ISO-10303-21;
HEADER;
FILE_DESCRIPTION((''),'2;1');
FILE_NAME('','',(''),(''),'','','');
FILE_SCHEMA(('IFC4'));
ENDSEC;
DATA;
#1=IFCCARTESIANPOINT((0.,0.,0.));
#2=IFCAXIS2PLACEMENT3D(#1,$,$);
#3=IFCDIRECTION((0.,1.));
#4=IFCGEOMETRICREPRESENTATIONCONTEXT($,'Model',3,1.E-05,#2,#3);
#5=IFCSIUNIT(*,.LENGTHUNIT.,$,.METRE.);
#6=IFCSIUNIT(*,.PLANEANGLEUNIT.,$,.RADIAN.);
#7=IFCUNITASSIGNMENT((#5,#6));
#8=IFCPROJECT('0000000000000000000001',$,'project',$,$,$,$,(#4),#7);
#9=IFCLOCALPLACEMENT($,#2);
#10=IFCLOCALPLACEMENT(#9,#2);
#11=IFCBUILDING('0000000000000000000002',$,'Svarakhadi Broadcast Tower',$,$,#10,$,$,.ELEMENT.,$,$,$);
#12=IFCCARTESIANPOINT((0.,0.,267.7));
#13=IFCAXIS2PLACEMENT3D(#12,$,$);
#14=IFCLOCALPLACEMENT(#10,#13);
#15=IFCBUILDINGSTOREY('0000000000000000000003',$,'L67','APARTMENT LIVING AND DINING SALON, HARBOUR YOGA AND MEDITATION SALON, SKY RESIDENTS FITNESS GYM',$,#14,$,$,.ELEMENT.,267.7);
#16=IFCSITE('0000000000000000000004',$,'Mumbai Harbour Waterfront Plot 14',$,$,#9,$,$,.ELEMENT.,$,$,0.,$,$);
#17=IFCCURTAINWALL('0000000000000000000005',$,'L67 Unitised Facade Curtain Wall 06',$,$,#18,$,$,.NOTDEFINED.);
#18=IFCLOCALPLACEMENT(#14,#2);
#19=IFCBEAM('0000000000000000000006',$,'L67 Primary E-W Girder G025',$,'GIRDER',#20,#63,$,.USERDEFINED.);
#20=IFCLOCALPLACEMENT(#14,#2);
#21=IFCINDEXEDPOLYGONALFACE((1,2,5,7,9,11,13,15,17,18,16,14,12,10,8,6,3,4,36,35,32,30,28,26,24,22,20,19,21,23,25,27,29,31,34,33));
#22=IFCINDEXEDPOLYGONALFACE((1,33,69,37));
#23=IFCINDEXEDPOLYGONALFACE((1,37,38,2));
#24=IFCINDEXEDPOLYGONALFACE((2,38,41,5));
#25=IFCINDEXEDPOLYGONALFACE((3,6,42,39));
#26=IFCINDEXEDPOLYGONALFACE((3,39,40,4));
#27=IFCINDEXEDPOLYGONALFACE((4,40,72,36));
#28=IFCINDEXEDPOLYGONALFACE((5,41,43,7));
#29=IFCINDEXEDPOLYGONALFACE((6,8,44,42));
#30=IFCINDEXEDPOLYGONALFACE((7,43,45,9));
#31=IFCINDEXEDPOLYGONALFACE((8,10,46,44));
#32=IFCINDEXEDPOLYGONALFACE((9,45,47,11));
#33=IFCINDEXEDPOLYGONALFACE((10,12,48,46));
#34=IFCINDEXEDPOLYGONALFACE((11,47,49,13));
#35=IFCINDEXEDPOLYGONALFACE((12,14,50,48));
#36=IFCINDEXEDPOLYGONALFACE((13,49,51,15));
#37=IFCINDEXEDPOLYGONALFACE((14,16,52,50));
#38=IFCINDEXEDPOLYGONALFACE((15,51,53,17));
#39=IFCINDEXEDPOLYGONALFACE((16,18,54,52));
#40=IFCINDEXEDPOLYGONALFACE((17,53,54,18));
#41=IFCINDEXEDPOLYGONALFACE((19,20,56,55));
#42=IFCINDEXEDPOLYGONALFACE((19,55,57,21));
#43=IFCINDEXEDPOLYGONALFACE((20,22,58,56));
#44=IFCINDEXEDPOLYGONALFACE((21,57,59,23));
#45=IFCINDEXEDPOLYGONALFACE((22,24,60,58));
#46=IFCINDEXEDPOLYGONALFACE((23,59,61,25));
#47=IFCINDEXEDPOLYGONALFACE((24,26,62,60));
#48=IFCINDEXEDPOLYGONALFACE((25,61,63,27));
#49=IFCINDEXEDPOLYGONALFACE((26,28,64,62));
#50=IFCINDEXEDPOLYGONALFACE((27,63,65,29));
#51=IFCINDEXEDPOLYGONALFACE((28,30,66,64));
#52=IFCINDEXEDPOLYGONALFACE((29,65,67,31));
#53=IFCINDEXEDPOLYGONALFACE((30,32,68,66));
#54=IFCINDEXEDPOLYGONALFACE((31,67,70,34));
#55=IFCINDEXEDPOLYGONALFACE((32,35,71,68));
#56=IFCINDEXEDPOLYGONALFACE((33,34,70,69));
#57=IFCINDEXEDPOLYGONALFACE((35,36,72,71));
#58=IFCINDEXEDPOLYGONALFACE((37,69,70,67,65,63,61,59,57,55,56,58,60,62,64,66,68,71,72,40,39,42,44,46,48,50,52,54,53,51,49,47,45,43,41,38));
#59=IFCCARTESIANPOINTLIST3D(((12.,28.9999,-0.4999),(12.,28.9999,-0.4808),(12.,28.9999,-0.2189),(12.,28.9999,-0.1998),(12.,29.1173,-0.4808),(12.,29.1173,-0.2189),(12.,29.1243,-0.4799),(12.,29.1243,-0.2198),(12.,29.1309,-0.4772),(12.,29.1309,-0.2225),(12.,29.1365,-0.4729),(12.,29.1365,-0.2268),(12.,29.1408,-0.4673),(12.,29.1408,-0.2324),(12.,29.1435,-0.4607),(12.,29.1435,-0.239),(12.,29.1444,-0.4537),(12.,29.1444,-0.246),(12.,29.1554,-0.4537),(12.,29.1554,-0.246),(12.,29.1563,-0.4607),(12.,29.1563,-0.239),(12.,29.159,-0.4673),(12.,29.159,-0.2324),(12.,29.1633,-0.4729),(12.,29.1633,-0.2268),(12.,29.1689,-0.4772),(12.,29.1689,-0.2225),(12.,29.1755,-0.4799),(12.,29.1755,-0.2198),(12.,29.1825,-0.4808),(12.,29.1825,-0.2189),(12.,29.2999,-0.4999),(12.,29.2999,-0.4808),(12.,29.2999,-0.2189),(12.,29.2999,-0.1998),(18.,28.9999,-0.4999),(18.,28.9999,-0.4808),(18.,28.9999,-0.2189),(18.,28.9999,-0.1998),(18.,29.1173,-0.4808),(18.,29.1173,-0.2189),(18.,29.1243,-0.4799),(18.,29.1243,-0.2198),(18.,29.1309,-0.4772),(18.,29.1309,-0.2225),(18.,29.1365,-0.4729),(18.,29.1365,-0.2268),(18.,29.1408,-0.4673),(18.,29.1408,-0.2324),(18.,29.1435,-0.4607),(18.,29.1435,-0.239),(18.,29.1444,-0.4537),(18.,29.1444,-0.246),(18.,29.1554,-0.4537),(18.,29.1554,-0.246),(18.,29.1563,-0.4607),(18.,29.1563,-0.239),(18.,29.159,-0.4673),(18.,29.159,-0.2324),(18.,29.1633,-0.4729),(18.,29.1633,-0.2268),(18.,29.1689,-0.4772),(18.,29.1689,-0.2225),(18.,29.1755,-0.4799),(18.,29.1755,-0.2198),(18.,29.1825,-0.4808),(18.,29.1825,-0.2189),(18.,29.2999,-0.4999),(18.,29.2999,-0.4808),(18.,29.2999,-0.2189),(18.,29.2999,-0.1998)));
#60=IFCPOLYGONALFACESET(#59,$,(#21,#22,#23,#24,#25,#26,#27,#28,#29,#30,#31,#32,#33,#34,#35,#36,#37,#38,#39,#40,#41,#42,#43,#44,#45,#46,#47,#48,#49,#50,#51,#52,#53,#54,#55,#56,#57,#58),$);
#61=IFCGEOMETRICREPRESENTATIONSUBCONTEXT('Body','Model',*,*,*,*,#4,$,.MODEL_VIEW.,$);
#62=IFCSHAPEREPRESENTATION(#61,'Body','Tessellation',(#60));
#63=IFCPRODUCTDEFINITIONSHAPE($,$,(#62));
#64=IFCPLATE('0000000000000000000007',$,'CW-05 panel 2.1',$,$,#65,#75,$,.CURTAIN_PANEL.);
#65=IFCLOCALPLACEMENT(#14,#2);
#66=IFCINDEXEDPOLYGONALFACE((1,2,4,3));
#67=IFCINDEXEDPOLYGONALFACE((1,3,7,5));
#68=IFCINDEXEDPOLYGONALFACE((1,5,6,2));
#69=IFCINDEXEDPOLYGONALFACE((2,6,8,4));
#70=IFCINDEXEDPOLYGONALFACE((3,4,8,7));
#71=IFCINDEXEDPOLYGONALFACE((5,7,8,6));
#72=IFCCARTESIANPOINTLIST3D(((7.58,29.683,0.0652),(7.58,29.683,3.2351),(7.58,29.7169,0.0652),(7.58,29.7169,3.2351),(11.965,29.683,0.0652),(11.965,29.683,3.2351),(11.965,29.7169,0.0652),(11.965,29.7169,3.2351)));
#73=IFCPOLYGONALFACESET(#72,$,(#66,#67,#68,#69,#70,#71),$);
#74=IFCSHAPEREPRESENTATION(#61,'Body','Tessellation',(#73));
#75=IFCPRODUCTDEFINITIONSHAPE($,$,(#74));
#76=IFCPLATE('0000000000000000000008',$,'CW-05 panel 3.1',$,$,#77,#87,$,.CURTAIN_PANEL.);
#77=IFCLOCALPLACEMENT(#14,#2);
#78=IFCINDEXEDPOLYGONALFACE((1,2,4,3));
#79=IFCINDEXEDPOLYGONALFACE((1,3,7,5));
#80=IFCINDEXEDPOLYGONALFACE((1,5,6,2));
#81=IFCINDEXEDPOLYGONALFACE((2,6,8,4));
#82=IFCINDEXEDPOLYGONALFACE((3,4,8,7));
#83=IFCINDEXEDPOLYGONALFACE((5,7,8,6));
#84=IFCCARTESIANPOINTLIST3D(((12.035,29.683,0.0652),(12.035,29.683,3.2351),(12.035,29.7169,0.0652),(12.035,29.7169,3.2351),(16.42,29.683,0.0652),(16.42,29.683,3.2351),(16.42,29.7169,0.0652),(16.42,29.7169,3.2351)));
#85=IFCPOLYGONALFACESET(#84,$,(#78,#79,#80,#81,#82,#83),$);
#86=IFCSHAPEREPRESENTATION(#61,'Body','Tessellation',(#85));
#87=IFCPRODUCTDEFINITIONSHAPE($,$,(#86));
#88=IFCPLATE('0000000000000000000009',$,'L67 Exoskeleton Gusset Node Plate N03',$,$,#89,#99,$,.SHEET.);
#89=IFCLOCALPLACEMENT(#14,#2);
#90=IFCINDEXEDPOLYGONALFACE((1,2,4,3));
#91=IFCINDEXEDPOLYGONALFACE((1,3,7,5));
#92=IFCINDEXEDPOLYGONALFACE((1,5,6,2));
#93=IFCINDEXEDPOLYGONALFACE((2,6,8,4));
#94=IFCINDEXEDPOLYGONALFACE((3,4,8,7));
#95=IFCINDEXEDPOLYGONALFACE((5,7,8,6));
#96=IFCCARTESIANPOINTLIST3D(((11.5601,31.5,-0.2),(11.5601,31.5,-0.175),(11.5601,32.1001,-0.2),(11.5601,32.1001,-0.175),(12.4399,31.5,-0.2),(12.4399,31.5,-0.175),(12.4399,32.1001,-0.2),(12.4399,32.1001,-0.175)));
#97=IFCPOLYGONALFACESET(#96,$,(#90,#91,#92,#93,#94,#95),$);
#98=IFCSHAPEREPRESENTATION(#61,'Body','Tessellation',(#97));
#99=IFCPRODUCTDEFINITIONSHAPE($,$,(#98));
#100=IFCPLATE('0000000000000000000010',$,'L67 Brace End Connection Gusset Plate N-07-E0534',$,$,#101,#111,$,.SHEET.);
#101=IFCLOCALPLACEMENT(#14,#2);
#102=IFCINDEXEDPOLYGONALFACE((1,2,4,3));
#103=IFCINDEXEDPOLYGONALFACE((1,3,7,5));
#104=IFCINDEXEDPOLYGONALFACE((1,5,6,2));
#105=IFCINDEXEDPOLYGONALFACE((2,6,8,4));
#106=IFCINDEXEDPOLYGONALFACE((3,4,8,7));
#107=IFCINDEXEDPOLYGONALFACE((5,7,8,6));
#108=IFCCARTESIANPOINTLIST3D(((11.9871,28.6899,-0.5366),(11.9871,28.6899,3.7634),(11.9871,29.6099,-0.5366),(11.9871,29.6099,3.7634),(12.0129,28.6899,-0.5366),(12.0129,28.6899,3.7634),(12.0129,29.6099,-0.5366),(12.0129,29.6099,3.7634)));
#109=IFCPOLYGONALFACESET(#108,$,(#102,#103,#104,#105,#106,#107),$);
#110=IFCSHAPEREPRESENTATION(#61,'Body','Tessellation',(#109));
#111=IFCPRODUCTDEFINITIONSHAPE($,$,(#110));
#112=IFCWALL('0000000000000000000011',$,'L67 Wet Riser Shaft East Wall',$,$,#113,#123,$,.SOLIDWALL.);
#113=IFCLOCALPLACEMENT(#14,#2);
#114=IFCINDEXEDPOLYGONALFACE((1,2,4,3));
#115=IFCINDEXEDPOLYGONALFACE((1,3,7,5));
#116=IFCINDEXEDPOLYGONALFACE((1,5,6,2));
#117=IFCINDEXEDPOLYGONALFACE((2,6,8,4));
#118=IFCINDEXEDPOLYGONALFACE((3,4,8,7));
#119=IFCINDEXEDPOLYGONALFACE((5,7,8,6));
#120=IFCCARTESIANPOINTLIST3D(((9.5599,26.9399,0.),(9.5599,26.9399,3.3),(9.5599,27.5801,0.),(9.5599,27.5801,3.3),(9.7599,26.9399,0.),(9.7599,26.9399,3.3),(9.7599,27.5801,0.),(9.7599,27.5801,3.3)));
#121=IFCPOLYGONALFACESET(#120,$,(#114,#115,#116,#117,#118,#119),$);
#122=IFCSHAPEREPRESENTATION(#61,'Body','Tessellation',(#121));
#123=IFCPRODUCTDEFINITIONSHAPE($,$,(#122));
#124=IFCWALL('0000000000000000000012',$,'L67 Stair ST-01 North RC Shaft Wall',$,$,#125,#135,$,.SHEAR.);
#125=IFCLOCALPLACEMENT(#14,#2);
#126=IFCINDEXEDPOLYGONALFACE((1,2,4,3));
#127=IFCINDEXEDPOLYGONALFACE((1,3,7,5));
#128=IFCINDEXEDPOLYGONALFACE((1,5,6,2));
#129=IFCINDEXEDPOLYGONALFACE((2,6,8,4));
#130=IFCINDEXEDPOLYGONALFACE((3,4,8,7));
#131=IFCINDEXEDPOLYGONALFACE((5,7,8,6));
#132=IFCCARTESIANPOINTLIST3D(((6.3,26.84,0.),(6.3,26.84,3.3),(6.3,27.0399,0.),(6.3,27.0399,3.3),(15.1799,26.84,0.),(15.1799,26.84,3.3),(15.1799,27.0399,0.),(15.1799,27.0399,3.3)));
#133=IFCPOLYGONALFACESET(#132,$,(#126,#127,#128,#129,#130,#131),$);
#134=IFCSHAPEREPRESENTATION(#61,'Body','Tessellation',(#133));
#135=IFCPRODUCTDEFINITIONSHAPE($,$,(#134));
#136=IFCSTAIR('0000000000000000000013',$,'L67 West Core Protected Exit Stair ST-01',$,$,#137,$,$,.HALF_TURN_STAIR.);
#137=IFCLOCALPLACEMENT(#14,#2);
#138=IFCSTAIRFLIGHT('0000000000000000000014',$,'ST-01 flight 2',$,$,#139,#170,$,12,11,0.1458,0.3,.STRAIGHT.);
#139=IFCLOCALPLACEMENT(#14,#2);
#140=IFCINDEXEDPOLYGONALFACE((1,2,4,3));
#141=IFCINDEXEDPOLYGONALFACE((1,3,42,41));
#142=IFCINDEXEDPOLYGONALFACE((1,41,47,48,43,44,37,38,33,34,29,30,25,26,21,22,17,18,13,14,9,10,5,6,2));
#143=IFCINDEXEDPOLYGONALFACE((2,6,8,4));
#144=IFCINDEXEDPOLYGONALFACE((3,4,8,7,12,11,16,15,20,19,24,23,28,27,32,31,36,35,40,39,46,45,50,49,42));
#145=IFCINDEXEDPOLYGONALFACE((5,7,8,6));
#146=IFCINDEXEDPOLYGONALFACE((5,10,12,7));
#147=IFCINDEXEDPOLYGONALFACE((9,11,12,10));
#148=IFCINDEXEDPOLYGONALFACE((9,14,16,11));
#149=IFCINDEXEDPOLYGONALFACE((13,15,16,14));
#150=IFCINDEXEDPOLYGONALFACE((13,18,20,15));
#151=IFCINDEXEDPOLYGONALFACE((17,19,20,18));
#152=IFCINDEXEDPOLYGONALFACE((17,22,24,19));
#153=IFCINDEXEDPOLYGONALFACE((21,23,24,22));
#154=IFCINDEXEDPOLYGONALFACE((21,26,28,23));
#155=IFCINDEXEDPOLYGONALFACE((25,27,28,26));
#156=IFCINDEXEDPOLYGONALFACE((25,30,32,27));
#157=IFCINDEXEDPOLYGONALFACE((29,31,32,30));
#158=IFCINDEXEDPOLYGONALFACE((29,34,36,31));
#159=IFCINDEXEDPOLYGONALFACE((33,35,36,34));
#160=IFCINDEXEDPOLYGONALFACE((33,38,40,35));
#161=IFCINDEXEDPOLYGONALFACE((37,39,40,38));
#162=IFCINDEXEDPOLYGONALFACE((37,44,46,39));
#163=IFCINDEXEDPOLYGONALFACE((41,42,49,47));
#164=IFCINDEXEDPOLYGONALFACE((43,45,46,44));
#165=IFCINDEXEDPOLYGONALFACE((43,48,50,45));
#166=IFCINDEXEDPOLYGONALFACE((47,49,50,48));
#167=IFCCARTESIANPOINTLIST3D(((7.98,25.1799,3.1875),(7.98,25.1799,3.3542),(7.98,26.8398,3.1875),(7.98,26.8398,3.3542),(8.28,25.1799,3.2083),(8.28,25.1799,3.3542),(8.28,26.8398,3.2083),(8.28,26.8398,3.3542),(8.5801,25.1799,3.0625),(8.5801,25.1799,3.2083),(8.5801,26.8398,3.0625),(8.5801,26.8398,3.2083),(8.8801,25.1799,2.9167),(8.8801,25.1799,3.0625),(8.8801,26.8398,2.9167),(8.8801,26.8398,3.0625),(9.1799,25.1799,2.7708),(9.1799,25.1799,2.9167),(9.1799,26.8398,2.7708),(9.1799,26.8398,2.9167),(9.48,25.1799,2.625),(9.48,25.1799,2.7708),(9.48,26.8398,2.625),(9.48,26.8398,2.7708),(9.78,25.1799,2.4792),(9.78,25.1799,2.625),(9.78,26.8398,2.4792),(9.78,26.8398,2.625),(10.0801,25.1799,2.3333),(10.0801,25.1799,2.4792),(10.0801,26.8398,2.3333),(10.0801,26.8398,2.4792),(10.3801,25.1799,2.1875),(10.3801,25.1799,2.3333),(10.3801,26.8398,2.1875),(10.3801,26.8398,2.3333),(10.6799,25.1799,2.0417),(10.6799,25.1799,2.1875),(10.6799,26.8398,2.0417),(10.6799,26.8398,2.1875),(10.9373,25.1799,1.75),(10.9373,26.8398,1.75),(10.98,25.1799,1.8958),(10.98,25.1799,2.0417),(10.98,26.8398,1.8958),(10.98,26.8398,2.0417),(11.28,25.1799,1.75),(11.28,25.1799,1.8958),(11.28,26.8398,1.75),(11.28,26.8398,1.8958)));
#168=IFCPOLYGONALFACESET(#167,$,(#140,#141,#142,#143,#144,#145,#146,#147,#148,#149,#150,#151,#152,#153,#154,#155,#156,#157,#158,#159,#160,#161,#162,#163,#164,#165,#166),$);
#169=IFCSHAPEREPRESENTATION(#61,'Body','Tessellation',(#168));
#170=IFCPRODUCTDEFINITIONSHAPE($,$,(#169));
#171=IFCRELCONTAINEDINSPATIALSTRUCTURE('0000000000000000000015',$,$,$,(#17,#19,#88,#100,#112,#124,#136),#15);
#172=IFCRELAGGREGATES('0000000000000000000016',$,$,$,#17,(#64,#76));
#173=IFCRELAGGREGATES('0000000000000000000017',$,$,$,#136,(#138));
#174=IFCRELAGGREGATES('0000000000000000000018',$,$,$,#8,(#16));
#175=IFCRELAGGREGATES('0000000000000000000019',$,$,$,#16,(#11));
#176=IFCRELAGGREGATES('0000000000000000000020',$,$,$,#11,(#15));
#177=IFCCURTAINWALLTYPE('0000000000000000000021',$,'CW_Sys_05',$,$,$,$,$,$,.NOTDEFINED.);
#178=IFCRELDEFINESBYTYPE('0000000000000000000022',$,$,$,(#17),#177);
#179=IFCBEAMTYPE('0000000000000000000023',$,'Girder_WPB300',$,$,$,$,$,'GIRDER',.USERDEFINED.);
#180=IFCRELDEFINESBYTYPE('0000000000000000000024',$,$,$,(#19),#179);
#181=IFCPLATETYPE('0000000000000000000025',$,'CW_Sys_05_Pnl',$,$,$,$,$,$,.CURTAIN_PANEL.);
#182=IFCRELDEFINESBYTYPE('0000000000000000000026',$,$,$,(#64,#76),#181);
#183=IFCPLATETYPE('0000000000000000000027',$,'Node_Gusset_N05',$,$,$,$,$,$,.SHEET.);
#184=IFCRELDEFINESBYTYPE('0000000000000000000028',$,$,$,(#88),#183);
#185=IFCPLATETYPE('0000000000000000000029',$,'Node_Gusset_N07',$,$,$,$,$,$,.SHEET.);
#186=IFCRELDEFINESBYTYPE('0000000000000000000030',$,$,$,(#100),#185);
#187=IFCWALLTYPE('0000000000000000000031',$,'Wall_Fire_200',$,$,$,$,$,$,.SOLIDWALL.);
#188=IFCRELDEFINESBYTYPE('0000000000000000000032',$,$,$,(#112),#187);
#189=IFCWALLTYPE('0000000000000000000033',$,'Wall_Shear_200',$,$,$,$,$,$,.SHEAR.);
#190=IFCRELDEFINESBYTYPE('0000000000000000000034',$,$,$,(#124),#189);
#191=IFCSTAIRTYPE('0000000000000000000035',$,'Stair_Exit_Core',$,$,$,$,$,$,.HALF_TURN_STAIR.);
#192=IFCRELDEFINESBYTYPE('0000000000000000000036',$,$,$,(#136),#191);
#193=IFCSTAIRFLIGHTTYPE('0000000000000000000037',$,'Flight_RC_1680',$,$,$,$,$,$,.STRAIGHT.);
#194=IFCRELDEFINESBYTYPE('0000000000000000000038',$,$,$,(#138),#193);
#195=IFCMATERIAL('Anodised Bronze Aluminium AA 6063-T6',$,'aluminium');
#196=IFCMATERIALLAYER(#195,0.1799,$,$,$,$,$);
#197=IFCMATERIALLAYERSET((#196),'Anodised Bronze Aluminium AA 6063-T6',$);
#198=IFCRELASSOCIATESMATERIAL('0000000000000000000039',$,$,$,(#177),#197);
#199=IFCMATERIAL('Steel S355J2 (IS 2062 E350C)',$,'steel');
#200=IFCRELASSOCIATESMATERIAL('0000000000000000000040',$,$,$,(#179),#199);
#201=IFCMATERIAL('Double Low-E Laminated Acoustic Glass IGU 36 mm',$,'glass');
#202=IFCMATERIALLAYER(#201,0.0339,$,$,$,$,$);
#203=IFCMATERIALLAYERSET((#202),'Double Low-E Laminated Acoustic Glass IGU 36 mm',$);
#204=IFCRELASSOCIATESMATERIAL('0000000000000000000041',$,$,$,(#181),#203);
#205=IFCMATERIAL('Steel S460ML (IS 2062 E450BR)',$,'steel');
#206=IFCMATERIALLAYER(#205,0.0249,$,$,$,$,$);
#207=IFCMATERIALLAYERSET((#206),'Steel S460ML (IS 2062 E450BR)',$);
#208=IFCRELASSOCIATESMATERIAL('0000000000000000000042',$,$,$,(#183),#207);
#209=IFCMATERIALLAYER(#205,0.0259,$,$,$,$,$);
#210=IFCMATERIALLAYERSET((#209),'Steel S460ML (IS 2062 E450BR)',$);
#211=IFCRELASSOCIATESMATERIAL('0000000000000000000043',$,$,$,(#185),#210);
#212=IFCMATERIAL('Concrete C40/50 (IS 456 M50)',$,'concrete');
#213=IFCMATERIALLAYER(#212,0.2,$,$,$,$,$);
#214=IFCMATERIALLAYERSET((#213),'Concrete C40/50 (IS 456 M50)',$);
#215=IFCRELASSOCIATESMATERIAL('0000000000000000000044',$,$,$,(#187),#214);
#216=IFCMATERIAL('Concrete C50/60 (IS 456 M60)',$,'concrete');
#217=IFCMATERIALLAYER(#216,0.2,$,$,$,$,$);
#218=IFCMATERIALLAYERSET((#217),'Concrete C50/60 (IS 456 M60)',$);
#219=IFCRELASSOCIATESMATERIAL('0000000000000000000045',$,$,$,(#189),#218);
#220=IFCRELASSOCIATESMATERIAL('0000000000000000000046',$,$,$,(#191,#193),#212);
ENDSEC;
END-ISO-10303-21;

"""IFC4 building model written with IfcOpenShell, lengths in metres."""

from ifc_helpers import new_model, si_unit, direction, frame, frame_2d, origin, origin_2d, place, context, subcontext, project, spatial, polyline, rectangle, i_section, outline, extrude, material, layer, layer_set, material_profile, profile_set, type_object, element, aggregate, save


model = new_model("IFC4")

# Units and contexts
model_context = context("Model", 3, precision=1e-05, world=origin(), true_north=direction((0.0, 1.0)))
body_context = subcontext(model_context, "Body", "Model", "MODEL_VIEW")
ifc_project = project(units=[si_unit("LENGTHUNIT", "METRE"), si_unit("PLANEANGLEUNIT", "RADIAN")], contexts=[model_context])

# Site, building, storey
site_placement = place(None, origin())
site = spatial("IfcSite", under=ifc_project, at=site_placement, Name="Mumbai Harbour Waterfront Plot 14", CompositionType="ELEMENT", RefElevation=0.0)
building_placement = place(site_placement, origin())
building = spatial("IfcBuilding", under=site, at=building_placement, Name="Svarakhadi Broadcast Tower", CompositionType="ELEMENT")
storey_placement = place(building_placement, frame((0.0, 0.0, 267.7)))
storey = spatial("IfcBuildingStorey", under=building, at=storey_placement, Name="L67", Description="APARTMENT LIVING AND DINING SALON, HARBOUR YOGA AND MEDITATION SALON, SKY RESIDENTS FITNESS GYM", CompositionType="ELEMENT", Elevation=267.7)

# Shared definitions
ifc_material_1 = material(Name="Steel S460ML (IS 2062 E450BR)", Category="steel")

# Curtain wall
ifc_material_2 = material(Name="Anodised Bronze Aluminium AA 6063-T6", Category="aluminium")
ifc_layer_1 = layer(ifc_material_2, 0.1799)
ifc_layer_set_1 = layer_set([ifc_layer_1], Name="Anodised Bronze Aluminium AA 6063-T6")
curtain_wall_type = type_object("IfcCurtainWallType", Name="CW_Sys_05", PredefinedType="NOTDEFINED", material=ifc_layer_set_1)
curtain_wall_placement = place(storey_placement, origin())
curtain_wall = element("IfcCurtainWall", 1, at=curtain_wall_placement, inside=storey, type_object=curtain_wall_type, Name="L67 Unitised Facade Curtain Wall 06", PredefinedType="NOTDEFINED")

# Beam
ifc_material_3 = material(Name="Steel S355J2 (IS 2062 E350C)", Category="steel")
ifc_material_profile_1 = material_profile(ifc_material_3, i_section(OverallWidth=0.3, OverallDepth=0.3, WebThickness=0.011, FlangeThickness=0.019, FilletRadius=0.0271, at=origin_2d()), Name="WPB 300x300x117")
ifc_profile_set_1 = profile_set([ifc_material_profile_1], Name="Steel S355J2 (IS 2062 E350C)")
beam_type = type_object("IfcBeamType", Name="Girder_WPB300", ElementType="GIRDER", PredefinedType="USERDEFINED", material=ifc_profile_set_1)
beam_placement = place(storey_placement, frame((12.0, 29.1499, -0.3499), z_axis=(1.0, 0.0, 0.0), x_axis=(0.0, 1.0, 0.0)))
element("IfcBeam", 2, at=beam_placement, inside=storey, type_object=beam_type, Name="L67 Primary E-W Girder G025", ObjectType="GIRDER", PredefinedType="USERDEFINED", context=body_context, shape_type="SweptSolid", body=[
    extrude(i_section(OverallWidth=0.3, OverallDepth=0.3, WebThickness=0.011, FlangeThickness=0.019, FilletRadius=0.0271, at=origin_2d()), origin(), (0.0, 0.0, 1.0), 6.0),
])

# Plates
ifc_material_4 = material(Name="Double Low-E Laminated Acoustic Glass IGU 36 mm", Category="glass")
ifc_layer_2 = layer(ifc_material_4, 0.0339)
ifc_layer_set_2 = layer_set([ifc_layer_2], Name="Double Low-E Laminated Acoustic Glass IGU 36 mm")
plate_type_1 = type_object("IfcPlateType", Name="CW_Sys_05_Pnl", PredefinedType="CURTAIN_PANEL", material=ifc_layer_set_2)
plate_1_placement = place(storey_placement, frame((9.7725, 29.7, 0.0652), z_axis=(0.0, 0.0, 1.0), x_axis=(1.0, 0.0, 0.0)))
plate_1 = element("IfcPlate", 3, at=plate_1_placement, type_object=plate_type_1, Name="CW-05 panel 2.1", PredefinedType="CURTAIN_PANEL", context=body_context, shape_type="SweptSolid", body=[
    extrude(rectangle(XDim=4.385, YDim=0.0339, at=origin_2d()), origin(), (0.0, 0.0, 1.0), 3.1699),
])
plate_2_placement = place(storey_placement, frame((14.2275, 29.7, 0.0652), z_axis=(0.0, 0.0, 1.0), x_axis=(1.0, 0.0, 0.0)))
plate_2 = element("IfcPlate", 4, at=plate_2_placement, type_object=plate_type_1, Name="CW-05 panel 3.1", PredefinedType="CURTAIN_PANEL", context=body_context, shape_type="SweptSolid", body=[
    extrude(rectangle(XDim=4.385, YDim=0.0339, at=origin_2d()), origin(), (0.0, 0.0, 1.0), 3.1699),
])
aggregate(curtain_wall, [plate_1, plate_2])

# Plates
ifc_layer_3 = layer(ifc_material_1, 0.0249)
ifc_layer_set_3 = layer_set([ifc_layer_3], Name="Steel S460ML (IS 2062 E450BR)")
plate_type_2 = type_object("IfcPlateType", Name="Node_Gusset_N05", PredefinedType="SHEET", material=ifc_layer_set_3)
plate_3_placement = place(storey_placement, frame((12.0, 31.8, -0.2), z_axis=(0.0, 0.0, 1.0), x_axis=(1.0, 0.0, 0.0)))
element("IfcPlate", 5, at=plate_3_placement, inside=storey, type_object=plate_type_2, Name="L67 Exoskeleton Gusset Node Plate N03", PredefinedType="SHEET", context=body_context, shape_type="SweptSolid", body=[
    extrude(rectangle(XDim=0.8799, YDim=0.6001, at=origin_2d()), origin(), (0.0, 0.0, 1.0), 0.0249),
])
ifc_layer_4 = layer(ifc_material_1, 0.0259)
ifc_layer_set_4 = layer_set([ifc_layer_4], Name="Steel S460ML (IS 2062 E450BR)")
plate_type_3 = type_object("IfcPlateType", Name="Node_Gusset_N07", PredefinedType="SHEET", material=ifc_layer_set_4)
plate_4_placement = place(storey_placement, frame((12.0, 29.1499, -0.5366), z_axis=(0.0, 0.0, 1.0), x_axis=(0.0, 1.0, 0.0)))
element("IfcPlate", 6, at=plate_4_placement, inside=storey, type_object=plate_type_3, Name="L67 Brace End Connection Gusset Plate N-07-E0534", PredefinedType="SHEET", context=body_context, shape_type="SweptSolid", body=[
    extrude(rectangle(XDim=0.9199, YDim=0.0259, at=origin_2d()), origin(), (0.0, 0.0, 1.0), 4.3),
])

# Walls
ifc_material_5 = material(Name="Concrete C40/50 (IS 456 M50)", Category="concrete")
ifc_layer_5 = layer(ifc_material_5, 0.2)
ifc_layer_set_5 = layer_set([ifc_layer_5], Name="Concrete C40/50 (IS 456 M50)")
wall_type_1 = type_object("IfcWallType", Name="Wall_Fire_200", PredefinedType="SOLIDWALL", material=ifc_layer_set_5)
wall_1_placement = place(storey_placement, frame((9.6599, 26.9399, 0.0), z_axis=(0.0, 0.0, 1.0), x_axis=(0.0, 1.0, 0.0)))
element("IfcWall", 7, at=wall_1_placement, inside=storey, type_object=wall_type_1, Name="L67 Wet Riser Shaft East Wall", PredefinedType="SOLIDWALL", context=body_context, shape_type="SweptSolid", body=[
    extrude(rectangle(XDim=0.6401, YDim=0.2, at=frame_2d((0.3201, 0.0))), origin(), (0.0, 0.0, 1.0), 3.3),
])
ifc_material_6 = material(Name="Concrete C50/60 (IS 456 M60)", Category="concrete")
ifc_layer_6 = layer(ifc_material_6, 0.2)
ifc_layer_set_6 = layer_set([ifc_layer_6], Name="Concrete C50/60 (IS 456 M60)")
wall_type_2 = type_object("IfcWallType", Name="Wall_Shear_200", PredefinedType="SHEAR", material=ifc_layer_set_6)
wall_2_placement = place(storey_placement, frame((6.3, 26.9399, 0.0), z_axis=(0.0, 0.0, 1.0), x_axis=(1.0, 0.0, 0.0)))
element("IfcWall", 8, at=wall_2_placement, inside=storey, type_object=wall_type_2, Name="L67 Stair ST-01 North RC Shaft Wall", PredefinedType="SHEAR", context=body_context, shape_type="SweptSolid", body=[
    extrude(rectangle(XDim=8.8799, YDim=0.2, at=frame_2d((4.4399, 0.0))), origin(), (0.0, 0.0, 1.0), 3.3),
])

# Stair, stair flight
stair_type = type_object("IfcStairType", Name="Stair_Exit_Core", PredefinedType="HALF_TURN_STAIR", material=ifc_material_5)
stair_placement = place(storey_placement, origin())
stair = element("IfcStair", 9, at=stair_placement, inside=storey, type_object=stair_type, Name="L67 West Core Protected Exit Stair ST-01", PredefinedType="HALF_TURN_STAIR")
stair_flight_type = type_object("IfcStairFlightType", Name="Flight_RC_1680", PredefinedType="STRAIGHT", material=ifc_material_5)
stair_flight_placement = place(storey_placement, frame((11.28, 26.01, 1.75), z_axis=(0.0, 0.0, 1.0), x_axis=(-1.0, 0.0, 0.0)))
stair_flight = element("IfcStairFlight", 10, at=stair_flight_placement, type_object=stair_flight_type, Name="ST-01 flight 2", NumberOfRisers=12, NumberOfTreads=11, PredefinedType="STRAIGHT", RiserHeight=0.1458, TreadLength=0.3, context=body_context, shape_type="SweptSolid", body=[
    extrude(outline(polyline([(0.0, 0.0), (0.0, 0.1458), (0.3, 0.1458), (0.3, 0.2917), (0.6001, 0.2917), (0.6001, 0.4375), (0.8999, 0.4375), (0.8999, 0.5833), (1.2, 0.5833), (1.2, 0.7292), (1.5, 0.7292), (1.5, 0.875), (1.8, 0.875), (1.8, 1.0208), (2.1001, 1.0208), (2.1001, 1.1667), (2.3999, 1.1667), (2.3999, 1.3125), (2.7, 1.3125), (2.7, 1.4583), (3.0, 1.4583), (3.0, 1.6042), (3.3, 1.6042), (3.3, 1.75), (3.3, 1.4375), (0.3428, 0.0), (0.0, 0.0)])), frame((0.0, 0.8301, 0.0), z_axis=(0.0, -1.0, 0.0), x_axis=(1.0, 0.0, 0.0)), (0.0, 0.0, 1.0), 1.6599),
])
aggregate(stair, [stair_flight])

save(model, "model.ifc")
